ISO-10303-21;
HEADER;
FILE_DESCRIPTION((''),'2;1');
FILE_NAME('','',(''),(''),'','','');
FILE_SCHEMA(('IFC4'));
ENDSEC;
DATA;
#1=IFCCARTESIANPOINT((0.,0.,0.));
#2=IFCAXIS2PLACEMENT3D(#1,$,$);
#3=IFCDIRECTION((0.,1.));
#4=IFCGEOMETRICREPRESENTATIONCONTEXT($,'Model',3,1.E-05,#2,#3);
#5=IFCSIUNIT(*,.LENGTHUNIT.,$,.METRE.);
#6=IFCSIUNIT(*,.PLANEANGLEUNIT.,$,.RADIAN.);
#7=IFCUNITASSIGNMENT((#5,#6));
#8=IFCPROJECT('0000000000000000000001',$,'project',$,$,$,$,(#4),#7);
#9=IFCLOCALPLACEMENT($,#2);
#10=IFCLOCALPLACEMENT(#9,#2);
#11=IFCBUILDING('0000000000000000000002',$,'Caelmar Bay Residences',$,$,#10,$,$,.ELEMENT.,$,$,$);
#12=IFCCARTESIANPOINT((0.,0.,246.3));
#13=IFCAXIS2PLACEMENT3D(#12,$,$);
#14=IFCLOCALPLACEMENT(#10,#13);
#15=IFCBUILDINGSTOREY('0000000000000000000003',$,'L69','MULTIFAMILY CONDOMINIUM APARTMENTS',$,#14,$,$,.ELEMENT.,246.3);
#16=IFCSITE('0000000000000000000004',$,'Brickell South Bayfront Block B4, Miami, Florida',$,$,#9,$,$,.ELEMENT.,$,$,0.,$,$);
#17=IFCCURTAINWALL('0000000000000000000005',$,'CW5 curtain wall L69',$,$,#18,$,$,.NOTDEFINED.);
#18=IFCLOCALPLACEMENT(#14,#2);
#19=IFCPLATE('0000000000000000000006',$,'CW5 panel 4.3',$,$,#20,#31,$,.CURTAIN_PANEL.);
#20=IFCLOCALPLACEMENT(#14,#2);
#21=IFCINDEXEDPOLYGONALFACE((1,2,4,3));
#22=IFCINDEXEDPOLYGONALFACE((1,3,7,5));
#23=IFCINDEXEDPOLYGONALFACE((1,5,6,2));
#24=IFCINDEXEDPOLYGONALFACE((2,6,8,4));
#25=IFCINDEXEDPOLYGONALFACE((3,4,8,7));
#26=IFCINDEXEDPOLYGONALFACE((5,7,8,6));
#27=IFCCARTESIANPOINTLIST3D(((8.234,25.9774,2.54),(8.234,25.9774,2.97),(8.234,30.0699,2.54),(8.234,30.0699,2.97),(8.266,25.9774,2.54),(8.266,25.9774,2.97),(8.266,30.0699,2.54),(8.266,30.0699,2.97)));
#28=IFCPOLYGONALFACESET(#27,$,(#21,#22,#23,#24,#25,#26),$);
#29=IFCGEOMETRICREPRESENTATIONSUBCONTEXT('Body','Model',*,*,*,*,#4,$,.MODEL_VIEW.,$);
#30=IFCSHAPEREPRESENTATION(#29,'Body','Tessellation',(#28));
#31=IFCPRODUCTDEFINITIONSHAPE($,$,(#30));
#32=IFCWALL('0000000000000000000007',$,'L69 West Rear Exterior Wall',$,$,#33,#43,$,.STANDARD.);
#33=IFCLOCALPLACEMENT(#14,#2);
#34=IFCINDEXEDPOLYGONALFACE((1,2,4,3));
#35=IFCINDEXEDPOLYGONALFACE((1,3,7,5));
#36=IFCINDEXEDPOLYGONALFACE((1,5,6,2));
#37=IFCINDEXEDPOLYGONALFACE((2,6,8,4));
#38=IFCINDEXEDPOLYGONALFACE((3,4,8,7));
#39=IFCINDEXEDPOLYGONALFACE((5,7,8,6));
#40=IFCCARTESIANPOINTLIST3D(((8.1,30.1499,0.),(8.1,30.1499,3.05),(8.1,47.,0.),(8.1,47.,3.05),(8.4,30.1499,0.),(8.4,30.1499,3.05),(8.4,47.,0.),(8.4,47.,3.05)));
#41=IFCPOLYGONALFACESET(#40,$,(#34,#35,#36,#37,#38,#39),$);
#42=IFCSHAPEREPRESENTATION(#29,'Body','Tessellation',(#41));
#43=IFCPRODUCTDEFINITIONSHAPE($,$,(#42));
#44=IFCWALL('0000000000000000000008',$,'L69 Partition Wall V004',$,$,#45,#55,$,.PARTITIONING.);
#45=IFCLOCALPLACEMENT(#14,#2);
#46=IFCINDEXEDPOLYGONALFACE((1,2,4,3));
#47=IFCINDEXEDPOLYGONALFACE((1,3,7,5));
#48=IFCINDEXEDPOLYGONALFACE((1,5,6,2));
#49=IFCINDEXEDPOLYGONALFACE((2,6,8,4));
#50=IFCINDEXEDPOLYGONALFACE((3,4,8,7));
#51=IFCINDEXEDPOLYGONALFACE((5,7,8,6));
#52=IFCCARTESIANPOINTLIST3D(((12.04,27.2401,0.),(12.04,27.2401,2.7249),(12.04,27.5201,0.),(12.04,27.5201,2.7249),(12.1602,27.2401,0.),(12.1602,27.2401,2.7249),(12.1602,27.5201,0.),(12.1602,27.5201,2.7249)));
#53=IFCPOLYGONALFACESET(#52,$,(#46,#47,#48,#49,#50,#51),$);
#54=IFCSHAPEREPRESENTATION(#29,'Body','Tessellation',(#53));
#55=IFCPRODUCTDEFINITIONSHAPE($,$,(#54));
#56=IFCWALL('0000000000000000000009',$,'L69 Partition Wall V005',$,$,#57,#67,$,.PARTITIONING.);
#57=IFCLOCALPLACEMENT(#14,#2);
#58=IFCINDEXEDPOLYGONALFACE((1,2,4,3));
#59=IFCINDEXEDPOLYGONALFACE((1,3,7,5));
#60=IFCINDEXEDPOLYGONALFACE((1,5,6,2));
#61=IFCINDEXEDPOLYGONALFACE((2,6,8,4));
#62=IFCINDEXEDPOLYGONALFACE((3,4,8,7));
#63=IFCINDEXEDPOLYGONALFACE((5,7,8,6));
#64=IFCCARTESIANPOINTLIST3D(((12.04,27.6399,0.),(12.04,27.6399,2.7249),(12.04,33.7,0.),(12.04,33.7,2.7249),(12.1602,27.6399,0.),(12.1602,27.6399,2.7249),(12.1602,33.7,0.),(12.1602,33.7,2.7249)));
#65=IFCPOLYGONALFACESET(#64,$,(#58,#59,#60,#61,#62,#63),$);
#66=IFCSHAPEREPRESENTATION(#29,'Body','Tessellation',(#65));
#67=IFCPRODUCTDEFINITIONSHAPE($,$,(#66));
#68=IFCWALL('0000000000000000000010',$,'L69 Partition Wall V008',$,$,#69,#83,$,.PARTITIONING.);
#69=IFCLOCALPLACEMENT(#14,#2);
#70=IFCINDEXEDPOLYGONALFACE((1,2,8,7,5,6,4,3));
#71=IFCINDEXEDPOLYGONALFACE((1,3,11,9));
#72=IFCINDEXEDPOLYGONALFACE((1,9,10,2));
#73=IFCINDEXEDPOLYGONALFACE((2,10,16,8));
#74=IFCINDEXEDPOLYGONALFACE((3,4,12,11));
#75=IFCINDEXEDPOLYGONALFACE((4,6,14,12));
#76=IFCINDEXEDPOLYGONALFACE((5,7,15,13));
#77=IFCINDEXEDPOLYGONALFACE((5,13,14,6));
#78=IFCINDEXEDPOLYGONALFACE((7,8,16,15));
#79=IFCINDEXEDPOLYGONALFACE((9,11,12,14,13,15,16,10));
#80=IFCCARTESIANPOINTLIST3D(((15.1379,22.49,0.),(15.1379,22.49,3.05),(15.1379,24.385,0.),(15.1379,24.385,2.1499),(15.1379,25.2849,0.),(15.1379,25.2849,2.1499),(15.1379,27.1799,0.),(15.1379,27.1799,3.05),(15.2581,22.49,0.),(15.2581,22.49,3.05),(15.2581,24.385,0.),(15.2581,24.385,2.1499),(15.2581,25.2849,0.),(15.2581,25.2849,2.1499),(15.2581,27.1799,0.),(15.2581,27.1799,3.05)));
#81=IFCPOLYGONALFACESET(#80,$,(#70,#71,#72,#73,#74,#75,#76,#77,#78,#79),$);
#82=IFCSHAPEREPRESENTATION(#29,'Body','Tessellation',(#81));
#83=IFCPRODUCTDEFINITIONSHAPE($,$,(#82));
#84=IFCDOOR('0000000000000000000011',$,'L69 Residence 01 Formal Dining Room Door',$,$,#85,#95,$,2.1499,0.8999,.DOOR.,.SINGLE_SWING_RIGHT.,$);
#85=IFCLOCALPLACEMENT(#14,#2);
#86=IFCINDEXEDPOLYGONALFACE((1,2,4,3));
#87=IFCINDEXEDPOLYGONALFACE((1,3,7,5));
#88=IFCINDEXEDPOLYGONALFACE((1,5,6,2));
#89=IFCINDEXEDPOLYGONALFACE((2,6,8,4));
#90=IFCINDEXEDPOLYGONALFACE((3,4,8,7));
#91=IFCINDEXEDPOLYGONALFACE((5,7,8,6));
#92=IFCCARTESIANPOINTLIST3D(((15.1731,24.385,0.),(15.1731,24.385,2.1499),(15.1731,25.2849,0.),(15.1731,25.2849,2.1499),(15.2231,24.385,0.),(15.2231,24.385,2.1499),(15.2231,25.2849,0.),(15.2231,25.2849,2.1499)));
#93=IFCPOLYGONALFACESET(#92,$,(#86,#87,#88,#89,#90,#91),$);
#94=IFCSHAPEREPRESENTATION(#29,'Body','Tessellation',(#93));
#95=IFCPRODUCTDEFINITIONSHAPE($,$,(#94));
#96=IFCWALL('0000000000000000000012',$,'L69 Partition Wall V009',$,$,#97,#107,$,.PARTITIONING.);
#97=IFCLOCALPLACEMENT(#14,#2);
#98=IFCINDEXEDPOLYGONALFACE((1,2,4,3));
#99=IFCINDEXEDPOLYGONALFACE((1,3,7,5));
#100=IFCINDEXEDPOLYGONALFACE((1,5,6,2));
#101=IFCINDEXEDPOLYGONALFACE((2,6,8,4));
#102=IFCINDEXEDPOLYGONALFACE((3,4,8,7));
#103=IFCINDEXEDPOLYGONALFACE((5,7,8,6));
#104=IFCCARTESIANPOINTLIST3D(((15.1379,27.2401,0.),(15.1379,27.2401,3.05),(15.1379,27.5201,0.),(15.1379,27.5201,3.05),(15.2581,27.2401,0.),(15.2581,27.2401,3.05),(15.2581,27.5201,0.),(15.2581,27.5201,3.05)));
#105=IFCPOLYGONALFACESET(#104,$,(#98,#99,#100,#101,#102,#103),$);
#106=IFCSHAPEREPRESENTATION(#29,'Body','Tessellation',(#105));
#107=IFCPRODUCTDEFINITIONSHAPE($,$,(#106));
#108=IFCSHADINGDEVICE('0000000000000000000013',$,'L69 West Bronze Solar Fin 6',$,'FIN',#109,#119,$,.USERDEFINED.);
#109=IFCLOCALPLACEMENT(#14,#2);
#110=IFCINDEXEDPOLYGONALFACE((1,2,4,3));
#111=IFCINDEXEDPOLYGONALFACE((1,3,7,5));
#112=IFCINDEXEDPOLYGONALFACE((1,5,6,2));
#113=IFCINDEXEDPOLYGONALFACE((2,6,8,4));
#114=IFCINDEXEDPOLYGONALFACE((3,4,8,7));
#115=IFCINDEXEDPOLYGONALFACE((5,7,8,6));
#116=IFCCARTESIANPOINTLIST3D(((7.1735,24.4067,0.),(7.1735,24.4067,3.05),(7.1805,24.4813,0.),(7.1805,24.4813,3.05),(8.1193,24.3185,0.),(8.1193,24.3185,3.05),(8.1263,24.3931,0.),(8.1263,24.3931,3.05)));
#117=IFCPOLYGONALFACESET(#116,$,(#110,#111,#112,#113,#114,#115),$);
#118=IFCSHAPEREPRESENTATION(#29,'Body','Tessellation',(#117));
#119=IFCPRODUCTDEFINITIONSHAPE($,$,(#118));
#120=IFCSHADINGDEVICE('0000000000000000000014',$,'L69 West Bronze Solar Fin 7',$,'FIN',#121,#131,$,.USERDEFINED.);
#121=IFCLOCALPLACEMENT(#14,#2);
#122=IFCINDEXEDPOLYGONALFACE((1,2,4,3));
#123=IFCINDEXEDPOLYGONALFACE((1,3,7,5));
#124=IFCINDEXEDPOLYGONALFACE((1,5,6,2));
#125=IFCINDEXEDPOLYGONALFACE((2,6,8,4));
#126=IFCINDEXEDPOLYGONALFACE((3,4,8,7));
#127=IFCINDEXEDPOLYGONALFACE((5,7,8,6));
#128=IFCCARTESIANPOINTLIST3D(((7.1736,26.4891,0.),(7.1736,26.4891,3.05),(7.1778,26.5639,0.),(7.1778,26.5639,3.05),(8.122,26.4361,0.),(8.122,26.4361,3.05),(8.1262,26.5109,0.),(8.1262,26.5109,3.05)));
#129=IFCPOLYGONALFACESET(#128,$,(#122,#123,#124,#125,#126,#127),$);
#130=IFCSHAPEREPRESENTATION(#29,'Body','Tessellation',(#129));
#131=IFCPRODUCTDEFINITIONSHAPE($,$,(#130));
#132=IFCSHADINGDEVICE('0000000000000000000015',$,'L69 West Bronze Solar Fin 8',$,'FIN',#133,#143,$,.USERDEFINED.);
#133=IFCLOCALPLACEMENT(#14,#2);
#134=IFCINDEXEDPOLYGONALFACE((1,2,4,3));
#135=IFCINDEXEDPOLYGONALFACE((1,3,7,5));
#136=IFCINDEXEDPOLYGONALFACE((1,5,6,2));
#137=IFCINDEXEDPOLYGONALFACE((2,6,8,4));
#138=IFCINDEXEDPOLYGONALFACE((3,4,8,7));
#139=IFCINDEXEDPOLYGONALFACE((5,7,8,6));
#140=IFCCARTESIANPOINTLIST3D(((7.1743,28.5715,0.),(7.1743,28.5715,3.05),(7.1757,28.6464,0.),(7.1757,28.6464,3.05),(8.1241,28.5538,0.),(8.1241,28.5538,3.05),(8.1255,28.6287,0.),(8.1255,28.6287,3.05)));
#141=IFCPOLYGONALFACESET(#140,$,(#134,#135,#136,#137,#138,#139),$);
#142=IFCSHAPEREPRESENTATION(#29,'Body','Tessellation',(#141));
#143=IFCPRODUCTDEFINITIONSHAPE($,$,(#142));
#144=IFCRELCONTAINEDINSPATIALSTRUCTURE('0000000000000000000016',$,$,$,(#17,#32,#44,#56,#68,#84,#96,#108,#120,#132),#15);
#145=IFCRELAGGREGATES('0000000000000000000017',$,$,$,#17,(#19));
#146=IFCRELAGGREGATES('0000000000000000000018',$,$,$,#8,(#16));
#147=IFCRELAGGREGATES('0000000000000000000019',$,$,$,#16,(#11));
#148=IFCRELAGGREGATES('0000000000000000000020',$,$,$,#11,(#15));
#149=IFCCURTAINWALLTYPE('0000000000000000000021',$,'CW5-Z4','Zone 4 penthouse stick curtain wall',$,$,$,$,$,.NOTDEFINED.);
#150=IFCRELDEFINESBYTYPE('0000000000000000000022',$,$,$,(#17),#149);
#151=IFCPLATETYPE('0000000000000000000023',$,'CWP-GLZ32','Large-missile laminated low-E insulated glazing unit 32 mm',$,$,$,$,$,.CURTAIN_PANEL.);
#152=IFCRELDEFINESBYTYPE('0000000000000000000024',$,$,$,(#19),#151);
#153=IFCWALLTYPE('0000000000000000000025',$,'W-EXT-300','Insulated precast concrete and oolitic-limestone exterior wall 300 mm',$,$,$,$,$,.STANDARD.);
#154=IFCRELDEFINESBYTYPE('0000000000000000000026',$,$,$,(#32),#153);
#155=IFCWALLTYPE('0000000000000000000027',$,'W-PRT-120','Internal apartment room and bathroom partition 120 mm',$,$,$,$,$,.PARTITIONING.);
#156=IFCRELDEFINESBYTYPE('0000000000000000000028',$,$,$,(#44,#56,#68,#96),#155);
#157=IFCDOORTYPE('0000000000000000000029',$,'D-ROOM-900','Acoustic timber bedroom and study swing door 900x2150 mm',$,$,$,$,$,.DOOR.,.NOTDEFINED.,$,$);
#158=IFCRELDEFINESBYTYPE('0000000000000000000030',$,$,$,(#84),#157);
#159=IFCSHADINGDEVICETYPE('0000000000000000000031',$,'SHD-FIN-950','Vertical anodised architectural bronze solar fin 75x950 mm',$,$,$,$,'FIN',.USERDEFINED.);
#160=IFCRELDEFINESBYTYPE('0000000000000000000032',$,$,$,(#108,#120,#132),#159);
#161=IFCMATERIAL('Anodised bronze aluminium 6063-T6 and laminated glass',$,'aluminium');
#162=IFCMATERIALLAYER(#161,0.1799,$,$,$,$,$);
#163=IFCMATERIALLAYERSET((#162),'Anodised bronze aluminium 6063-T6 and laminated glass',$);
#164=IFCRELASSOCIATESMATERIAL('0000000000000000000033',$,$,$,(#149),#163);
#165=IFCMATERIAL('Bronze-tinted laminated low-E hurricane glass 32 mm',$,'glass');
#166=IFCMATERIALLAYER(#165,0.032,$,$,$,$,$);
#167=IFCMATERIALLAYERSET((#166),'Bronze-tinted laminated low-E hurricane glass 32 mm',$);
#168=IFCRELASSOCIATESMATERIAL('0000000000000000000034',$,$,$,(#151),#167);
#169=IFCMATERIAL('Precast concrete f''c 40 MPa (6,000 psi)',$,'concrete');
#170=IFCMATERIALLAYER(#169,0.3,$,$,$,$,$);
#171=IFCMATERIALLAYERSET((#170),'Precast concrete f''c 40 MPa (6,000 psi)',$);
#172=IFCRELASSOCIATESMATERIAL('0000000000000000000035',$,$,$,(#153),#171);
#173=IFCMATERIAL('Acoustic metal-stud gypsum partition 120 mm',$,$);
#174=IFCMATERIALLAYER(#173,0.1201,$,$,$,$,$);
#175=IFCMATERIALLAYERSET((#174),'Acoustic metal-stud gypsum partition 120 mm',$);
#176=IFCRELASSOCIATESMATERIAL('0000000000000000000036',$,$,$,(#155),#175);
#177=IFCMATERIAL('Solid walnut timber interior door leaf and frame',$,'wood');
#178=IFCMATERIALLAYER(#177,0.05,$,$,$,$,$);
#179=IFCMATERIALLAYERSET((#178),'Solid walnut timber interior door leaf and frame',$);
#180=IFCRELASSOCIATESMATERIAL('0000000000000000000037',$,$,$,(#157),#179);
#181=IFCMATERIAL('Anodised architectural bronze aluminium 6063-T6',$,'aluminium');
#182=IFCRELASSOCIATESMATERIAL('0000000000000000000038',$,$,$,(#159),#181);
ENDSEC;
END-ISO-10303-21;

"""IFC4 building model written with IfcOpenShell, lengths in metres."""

from ifc_helpers import new_model, si_unit, direction, frame, frame_2d, origin, origin_2d, place, context, subcontext, project, spatial, rectangle, extrude, material, layer, layer_set, material_profile, profile_set, type_object, element, fill, aggregate, save


model = new_model("IFC4")

# Units and contexts
model_context = context("Model", 3, precision=1e-05, world=origin(), true_north=direction((0.0, 1.0)))
body_context = subcontext(model_context, "Body", "Model", "MODEL_VIEW")
ifc_project = project(units=[si_unit("LENGTHUNIT", "METRE"), si_unit("PLANEANGLEUNIT", "RADIAN")], contexts=[model_context])

# Site, building, storey
site_placement = place(None, origin())
site = spatial("IfcSite", under=ifc_project, at=site_placement, Name="Brickell South Bayfront Block B4, Miami, Florida", CompositionType="ELEMENT", RefElevation=0.0)
building_placement = place(site_placement, origin())
building = spatial("IfcBuilding", under=site, at=building_placement, Name="Caelmar Bay Residences", CompositionType="ELEMENT")
storey_placement = place(building_placement, frame((0.0, 0.0, 246.3)))
storey = spatial("IfcBuildingStorey", under=building, at=storey_placement, Name="L69", Description="MULTIFAMILY CONDOMINIUM APARTMENTS", CompositionType="ELEMENT", Elevation=246.3)

# Curtain wall, plate
ifc_material_1 = material(Name="Anodised bronze aluminium 6063-T6 and laminated glass", Category="aluminium")
ifc_layer_1 = layer(ifc_material_1, 0.1799)
ifc_layer_set_1 = layer_set([ifc_layer_1], Name="Anodised bronze aluminium 6063-T6 and laminated glass")
curtain_wall_type = type_object("IfcCurtainWallType", Name="CW5-Z4", Description="Zone 4 penthouse stick curtain wall", PredefinedType="NOTDEFINED", material=ifc_layer_set_1)
curtain_wall_placement = place(storey_placement, origin())
curtain_wall = element("IfcCurtainWall", 1, at=curtain_wall_placement, inside=storey, type_object=curtain_wall_type, Name="CW5 curtain wall L69", PredefinedType="NOTDEFINED")
ifc_material_2 = material(Name="Bronze-tinted laminated low-E hurricane glass 32 mm", Category="glass")
ifc_layer_2 = layer(ifc_material_2, 0.032)
ifc_layer_set_2 = layer_set([ifc_layer_2], Name="Bronze-tinted laminated low-E hurricane glass 32 mm")
plate_type = type_object("IfcPlateType", Name="CWP-GLZ32", Description="Large-missile laminated low-E insulated glazing unit 32 mm", PredefinedType="CURTAIN_PANEL", material=ifc_layer_set_2)
plate_1_placement = place(storey_placement, frame((8.25, 28.0237, 2.54), z_axis=(0.0, 0.0, 1.0), x_axis=(0.0, 1.0, 0.0)))
plate_1 = element("IfcPlate", 2, at=plate_1_placement, type_object=plate_type, Name="CW5 panel 4.3", PredefinedType="CURTAIN_PANEL", context=body_context, shape_type="SweptSolid", body=[
    extrude(rectangle(XDim=4.0925, YDim=0.032, at=origin_2d()), origin(), (0.0, 0.0, 1.0), 0.4299),
])
aggregate(curtain_wall, [plate_1])

# Walls
ifc_material_3 = material(Name="Precast concrete f'c 40 MPa (6,000 psi)", Category="concrete")
ifc_layer_3 = layer(ifc_material_3, 0.3)
ifc_layer_set_3 = layer_set([ifc_layer_3], Name="Precast concrete f'c 40 MPa (6,000 psi)")
wall_type_1 = type_object("IfcWallType", Name="W-EXT-300", Description="Insulated precast concrete and oolitic-limestone exterior wall 300 mm", PredefinedType="STANDARD", material=ifc_layer_set_3)
wall_1_placement = place(storey_placement, frame((8.25, 30.1499, 0.0), z_axis=(0.0, 0.0, 1.0), x_axis=(0.0, 1.0, 0.0)))
element("IfcWall", 3, at=wall_1_placement, inside=storey, type_object=wall_type_1, Name="L69 West Rear Exterior Wall", PredefinedType="STANDARD", context=body_context, shape_type="SweptSolid", body=[
    extrude(rectangle(XDim=16.8501, YDim=0.3, at=frame_2d((8.425, 0.0))), origin(), (0.0, 0.0, 1.0), 3.05),
])
ifc_material_4 = material(Name="Acoustic metal-stud gypsum partition 120 mm")
ifc_layer_4 = layer(ifc_material_4, 0.1201)
ifc_layer_set_4 = layer_set([ifc_layer_4], Name="Acoustic metal-stud gypsum partition 120 mm")
wall_type_2 = type_object("IfcWallType", Name="W-PRT-120", Description="Internal apartment room and bathroom partition 120 mm", PredefinedType="PARTITIONING", material=ifc_layer_set_4)
wall_2_placement = place(storey_placement, frame((12.1001, 27.24, 0.0), z_axis=(0.0, 0.0, 1.0), x_axis=(0.0, 1.0, 0.0)))
element("IfcWall", 4, at=wall_2_placement, inside=storey, type_object=wall_type_2, Name="L69 Partition Wall V004", PredefinedType="PARTITIONING", context=body_context, shape_type="SweptSolid", body=[
    extrude(rectangle(XDim=0.28, YDim=0.1201, at=frame_2d((0.1401, 0.0))), origin(), (0.0, 0.0, 1.0), 2.7249),
])
wall_3_placement = place(storey_placement, frame((12.1001, 27.6399, 0.0), z_axis=(0.0, 0.0, 1.0), x_axis=(0.0, 1.0, 0.0)))
element("IfcWall", 5, at=wall_3_placement, inside=storey, type_object=wall_type_2, Name="L69 Partition Wall V005", PredefinedType="PARTITIONING", context=body_context, shape_type="SweptSolid", body=[
    extrude(rectangle(XDim=6.0601, YDim=0.1201, at=frame_2d((3.03, 0.0))), origin(), (0.0, 0.0, 1.0), 2.7249),
])

# Wall, opening, door
wall_4_placement = place(storey_placement, frame((15.198, 22.49, 0.0), z_axis=(0.0, 0.0, 1.0), x_axis=(0.0, 1.0, 0.0)))
wall_4 = element("IfcWall", 6, at=wall_4_placement, inside=storey, type_object=wall_type_2, Name="L69 Partition Wall V008", PredefinedType="PARTITIONING", context=body_context, shape_type="SweptSolid", body=[
    extrude(rectangle(XDim=4.6899, YDim=0.1201, at=frame_2d((2.345, 0.0))), origin(), (0.0, 0.0, 1.0), 3.05),
])
opening_1_placement = place(wall_4_placement, frame((1.895, 0.0, 0.0)))
opening_1 = element("IfcOpeningElement", 7, at=opening_1_placement, cuts=wall_4, PredefinedType="OPENING", context=body_context, shape_type="SweptSolid", body=[
    extrude(rectangle(XDim=0.8999, YDim=2.1499, at=frame_2d((0.45, 1.075))), frame((0.0, 0.0701, 0.0), z_axis=(0.0, -1.0, 0.0), x_axis=(1.0, 0.0, 0.0)), (0.0, 0.0, 1.0), 0.1401),
])
ifc_material_5 = material(Name="Solid walnut timber interior door leaf and frame", Category="wood")
ifc_layer_5 = layer(ifc_material_5, 0.05)
ifc_layer_set_5 = layer_set([ifc_layer_5], Name="Solid walnut timber interior door leaf and frame")
door_type = type_object("IfcDoorType", Name="D-ROOM-900", Description="Acoustic timber bedroom and study swing door 900x2150 mm", OperationType="NOTDEFINED", PredefinedType="DOOR", material=ifc_layer_set_5)
door_1_placement = place(opening_1_placement, origin())
door_1 = element("IfcDoor", 8, at=door_1_placement, inside=storey, type_object=door_type, Name="L69 Residence 01 Formal Dining Room Door", OperationType="SINGLE_SWING_RIGHT", OverallHeight=2.1499, OverallWidth=0.8999, PredefinedType="DOOR", context=body_context, shape_type="SweptSolid", body=[
    extrude(rectangle(XDim=0.8999, YDim=2.1499, at=frame_2d((0.45, 1.075))), frame((0.0, 0.0249, 0.0), z_axis=(0.0, -1.0, 0.0), x_axis=(1.0, 0.0, 0.0)), (0.0, 0.0, 1.0), 0.05),
])
fill(opening_1, door_1)

# Wall
wall_5_placement = place(storey_placement, frame((15.198, 27.24, 0.0), z_axis=(0.0, 0.0, 1.0), x_axis=(0.0, 1.0, 0.0)))
element("IfcWall", 9, at=wall_5_placement, inside=storey, type_object=wall_type_2, Name="L69 Partition Wall V009", PredefinedType="PARTITIONING", context=body_context, shape_type="SweptSolid", body=[
    extrude(rectangle(XDim=0.28, YDim=0.1201, at=frame_2d((0.1401, 0.0))), origin(), (0.0, 0.0, 1.0), 3.05),
])

# Shading devices
ifc_material_6 = material(Name="Anodised architectural bronze aluminium 6063-T6", Category="aluminium")
ifc_material_profile_1 = material_profile(ifc_material_6, rectangle(XDim=0.075, YDim=0.95, at=origin_2d()), Name="BRONZE-FIN-75X950")
ifc_profile_set_1 = profile_set([ifc_material_profile_1], Name="Anodised architectural bronze aluminium 6063-T6")
shading_device_type = type_object("IfcShadingDeviceType", Name="SHD-FIN-950", Description="Vertical anodised architectural bronze solar fin 75x950 mm", ElementType="FIN", PredefinedType="USERDEFINED", material=ifc_profile_set_1)
for number, where, z_axis, x_axis, name in (
    (10, (7.6499, 24.3999, 0.0), (0.0, 0.0, 1.0), (0.092892, 0.995676, 0.0), "L69 West Bronze Solar Fin 6"),
    (11, (7.6499, 26.5, 0.0), (0.0, 0.0, 1.0), (0.055822, 0.998441, 0.0), "L69 West Bronze Solar Fin 7"),
    (12, (7.6499, 28.6001, 0.0), (0.0, 0.0, 1.0), (0.018674, 0.999826, 0.0), "L69 West Bronze Solar Fin 8"),
):
    element("IfcShadingDevice", number, at=place(storey_placement, frame(where, z_axis=z_axis, x_axis=x_axis)), inside=storey, type_object=shading_device_type, Name=name, ObjectType="FIN", PredefinedType="USERDEFINED", context=body_context, shape_type="SweptSolid", body=[
        extrude(rectangle(XDim=0.075, YDim=0.95, at=origin_2d()), origin(), (0.0, 0.0, 1.0), 3.05),
    ])

save(model, "model.ifc")
